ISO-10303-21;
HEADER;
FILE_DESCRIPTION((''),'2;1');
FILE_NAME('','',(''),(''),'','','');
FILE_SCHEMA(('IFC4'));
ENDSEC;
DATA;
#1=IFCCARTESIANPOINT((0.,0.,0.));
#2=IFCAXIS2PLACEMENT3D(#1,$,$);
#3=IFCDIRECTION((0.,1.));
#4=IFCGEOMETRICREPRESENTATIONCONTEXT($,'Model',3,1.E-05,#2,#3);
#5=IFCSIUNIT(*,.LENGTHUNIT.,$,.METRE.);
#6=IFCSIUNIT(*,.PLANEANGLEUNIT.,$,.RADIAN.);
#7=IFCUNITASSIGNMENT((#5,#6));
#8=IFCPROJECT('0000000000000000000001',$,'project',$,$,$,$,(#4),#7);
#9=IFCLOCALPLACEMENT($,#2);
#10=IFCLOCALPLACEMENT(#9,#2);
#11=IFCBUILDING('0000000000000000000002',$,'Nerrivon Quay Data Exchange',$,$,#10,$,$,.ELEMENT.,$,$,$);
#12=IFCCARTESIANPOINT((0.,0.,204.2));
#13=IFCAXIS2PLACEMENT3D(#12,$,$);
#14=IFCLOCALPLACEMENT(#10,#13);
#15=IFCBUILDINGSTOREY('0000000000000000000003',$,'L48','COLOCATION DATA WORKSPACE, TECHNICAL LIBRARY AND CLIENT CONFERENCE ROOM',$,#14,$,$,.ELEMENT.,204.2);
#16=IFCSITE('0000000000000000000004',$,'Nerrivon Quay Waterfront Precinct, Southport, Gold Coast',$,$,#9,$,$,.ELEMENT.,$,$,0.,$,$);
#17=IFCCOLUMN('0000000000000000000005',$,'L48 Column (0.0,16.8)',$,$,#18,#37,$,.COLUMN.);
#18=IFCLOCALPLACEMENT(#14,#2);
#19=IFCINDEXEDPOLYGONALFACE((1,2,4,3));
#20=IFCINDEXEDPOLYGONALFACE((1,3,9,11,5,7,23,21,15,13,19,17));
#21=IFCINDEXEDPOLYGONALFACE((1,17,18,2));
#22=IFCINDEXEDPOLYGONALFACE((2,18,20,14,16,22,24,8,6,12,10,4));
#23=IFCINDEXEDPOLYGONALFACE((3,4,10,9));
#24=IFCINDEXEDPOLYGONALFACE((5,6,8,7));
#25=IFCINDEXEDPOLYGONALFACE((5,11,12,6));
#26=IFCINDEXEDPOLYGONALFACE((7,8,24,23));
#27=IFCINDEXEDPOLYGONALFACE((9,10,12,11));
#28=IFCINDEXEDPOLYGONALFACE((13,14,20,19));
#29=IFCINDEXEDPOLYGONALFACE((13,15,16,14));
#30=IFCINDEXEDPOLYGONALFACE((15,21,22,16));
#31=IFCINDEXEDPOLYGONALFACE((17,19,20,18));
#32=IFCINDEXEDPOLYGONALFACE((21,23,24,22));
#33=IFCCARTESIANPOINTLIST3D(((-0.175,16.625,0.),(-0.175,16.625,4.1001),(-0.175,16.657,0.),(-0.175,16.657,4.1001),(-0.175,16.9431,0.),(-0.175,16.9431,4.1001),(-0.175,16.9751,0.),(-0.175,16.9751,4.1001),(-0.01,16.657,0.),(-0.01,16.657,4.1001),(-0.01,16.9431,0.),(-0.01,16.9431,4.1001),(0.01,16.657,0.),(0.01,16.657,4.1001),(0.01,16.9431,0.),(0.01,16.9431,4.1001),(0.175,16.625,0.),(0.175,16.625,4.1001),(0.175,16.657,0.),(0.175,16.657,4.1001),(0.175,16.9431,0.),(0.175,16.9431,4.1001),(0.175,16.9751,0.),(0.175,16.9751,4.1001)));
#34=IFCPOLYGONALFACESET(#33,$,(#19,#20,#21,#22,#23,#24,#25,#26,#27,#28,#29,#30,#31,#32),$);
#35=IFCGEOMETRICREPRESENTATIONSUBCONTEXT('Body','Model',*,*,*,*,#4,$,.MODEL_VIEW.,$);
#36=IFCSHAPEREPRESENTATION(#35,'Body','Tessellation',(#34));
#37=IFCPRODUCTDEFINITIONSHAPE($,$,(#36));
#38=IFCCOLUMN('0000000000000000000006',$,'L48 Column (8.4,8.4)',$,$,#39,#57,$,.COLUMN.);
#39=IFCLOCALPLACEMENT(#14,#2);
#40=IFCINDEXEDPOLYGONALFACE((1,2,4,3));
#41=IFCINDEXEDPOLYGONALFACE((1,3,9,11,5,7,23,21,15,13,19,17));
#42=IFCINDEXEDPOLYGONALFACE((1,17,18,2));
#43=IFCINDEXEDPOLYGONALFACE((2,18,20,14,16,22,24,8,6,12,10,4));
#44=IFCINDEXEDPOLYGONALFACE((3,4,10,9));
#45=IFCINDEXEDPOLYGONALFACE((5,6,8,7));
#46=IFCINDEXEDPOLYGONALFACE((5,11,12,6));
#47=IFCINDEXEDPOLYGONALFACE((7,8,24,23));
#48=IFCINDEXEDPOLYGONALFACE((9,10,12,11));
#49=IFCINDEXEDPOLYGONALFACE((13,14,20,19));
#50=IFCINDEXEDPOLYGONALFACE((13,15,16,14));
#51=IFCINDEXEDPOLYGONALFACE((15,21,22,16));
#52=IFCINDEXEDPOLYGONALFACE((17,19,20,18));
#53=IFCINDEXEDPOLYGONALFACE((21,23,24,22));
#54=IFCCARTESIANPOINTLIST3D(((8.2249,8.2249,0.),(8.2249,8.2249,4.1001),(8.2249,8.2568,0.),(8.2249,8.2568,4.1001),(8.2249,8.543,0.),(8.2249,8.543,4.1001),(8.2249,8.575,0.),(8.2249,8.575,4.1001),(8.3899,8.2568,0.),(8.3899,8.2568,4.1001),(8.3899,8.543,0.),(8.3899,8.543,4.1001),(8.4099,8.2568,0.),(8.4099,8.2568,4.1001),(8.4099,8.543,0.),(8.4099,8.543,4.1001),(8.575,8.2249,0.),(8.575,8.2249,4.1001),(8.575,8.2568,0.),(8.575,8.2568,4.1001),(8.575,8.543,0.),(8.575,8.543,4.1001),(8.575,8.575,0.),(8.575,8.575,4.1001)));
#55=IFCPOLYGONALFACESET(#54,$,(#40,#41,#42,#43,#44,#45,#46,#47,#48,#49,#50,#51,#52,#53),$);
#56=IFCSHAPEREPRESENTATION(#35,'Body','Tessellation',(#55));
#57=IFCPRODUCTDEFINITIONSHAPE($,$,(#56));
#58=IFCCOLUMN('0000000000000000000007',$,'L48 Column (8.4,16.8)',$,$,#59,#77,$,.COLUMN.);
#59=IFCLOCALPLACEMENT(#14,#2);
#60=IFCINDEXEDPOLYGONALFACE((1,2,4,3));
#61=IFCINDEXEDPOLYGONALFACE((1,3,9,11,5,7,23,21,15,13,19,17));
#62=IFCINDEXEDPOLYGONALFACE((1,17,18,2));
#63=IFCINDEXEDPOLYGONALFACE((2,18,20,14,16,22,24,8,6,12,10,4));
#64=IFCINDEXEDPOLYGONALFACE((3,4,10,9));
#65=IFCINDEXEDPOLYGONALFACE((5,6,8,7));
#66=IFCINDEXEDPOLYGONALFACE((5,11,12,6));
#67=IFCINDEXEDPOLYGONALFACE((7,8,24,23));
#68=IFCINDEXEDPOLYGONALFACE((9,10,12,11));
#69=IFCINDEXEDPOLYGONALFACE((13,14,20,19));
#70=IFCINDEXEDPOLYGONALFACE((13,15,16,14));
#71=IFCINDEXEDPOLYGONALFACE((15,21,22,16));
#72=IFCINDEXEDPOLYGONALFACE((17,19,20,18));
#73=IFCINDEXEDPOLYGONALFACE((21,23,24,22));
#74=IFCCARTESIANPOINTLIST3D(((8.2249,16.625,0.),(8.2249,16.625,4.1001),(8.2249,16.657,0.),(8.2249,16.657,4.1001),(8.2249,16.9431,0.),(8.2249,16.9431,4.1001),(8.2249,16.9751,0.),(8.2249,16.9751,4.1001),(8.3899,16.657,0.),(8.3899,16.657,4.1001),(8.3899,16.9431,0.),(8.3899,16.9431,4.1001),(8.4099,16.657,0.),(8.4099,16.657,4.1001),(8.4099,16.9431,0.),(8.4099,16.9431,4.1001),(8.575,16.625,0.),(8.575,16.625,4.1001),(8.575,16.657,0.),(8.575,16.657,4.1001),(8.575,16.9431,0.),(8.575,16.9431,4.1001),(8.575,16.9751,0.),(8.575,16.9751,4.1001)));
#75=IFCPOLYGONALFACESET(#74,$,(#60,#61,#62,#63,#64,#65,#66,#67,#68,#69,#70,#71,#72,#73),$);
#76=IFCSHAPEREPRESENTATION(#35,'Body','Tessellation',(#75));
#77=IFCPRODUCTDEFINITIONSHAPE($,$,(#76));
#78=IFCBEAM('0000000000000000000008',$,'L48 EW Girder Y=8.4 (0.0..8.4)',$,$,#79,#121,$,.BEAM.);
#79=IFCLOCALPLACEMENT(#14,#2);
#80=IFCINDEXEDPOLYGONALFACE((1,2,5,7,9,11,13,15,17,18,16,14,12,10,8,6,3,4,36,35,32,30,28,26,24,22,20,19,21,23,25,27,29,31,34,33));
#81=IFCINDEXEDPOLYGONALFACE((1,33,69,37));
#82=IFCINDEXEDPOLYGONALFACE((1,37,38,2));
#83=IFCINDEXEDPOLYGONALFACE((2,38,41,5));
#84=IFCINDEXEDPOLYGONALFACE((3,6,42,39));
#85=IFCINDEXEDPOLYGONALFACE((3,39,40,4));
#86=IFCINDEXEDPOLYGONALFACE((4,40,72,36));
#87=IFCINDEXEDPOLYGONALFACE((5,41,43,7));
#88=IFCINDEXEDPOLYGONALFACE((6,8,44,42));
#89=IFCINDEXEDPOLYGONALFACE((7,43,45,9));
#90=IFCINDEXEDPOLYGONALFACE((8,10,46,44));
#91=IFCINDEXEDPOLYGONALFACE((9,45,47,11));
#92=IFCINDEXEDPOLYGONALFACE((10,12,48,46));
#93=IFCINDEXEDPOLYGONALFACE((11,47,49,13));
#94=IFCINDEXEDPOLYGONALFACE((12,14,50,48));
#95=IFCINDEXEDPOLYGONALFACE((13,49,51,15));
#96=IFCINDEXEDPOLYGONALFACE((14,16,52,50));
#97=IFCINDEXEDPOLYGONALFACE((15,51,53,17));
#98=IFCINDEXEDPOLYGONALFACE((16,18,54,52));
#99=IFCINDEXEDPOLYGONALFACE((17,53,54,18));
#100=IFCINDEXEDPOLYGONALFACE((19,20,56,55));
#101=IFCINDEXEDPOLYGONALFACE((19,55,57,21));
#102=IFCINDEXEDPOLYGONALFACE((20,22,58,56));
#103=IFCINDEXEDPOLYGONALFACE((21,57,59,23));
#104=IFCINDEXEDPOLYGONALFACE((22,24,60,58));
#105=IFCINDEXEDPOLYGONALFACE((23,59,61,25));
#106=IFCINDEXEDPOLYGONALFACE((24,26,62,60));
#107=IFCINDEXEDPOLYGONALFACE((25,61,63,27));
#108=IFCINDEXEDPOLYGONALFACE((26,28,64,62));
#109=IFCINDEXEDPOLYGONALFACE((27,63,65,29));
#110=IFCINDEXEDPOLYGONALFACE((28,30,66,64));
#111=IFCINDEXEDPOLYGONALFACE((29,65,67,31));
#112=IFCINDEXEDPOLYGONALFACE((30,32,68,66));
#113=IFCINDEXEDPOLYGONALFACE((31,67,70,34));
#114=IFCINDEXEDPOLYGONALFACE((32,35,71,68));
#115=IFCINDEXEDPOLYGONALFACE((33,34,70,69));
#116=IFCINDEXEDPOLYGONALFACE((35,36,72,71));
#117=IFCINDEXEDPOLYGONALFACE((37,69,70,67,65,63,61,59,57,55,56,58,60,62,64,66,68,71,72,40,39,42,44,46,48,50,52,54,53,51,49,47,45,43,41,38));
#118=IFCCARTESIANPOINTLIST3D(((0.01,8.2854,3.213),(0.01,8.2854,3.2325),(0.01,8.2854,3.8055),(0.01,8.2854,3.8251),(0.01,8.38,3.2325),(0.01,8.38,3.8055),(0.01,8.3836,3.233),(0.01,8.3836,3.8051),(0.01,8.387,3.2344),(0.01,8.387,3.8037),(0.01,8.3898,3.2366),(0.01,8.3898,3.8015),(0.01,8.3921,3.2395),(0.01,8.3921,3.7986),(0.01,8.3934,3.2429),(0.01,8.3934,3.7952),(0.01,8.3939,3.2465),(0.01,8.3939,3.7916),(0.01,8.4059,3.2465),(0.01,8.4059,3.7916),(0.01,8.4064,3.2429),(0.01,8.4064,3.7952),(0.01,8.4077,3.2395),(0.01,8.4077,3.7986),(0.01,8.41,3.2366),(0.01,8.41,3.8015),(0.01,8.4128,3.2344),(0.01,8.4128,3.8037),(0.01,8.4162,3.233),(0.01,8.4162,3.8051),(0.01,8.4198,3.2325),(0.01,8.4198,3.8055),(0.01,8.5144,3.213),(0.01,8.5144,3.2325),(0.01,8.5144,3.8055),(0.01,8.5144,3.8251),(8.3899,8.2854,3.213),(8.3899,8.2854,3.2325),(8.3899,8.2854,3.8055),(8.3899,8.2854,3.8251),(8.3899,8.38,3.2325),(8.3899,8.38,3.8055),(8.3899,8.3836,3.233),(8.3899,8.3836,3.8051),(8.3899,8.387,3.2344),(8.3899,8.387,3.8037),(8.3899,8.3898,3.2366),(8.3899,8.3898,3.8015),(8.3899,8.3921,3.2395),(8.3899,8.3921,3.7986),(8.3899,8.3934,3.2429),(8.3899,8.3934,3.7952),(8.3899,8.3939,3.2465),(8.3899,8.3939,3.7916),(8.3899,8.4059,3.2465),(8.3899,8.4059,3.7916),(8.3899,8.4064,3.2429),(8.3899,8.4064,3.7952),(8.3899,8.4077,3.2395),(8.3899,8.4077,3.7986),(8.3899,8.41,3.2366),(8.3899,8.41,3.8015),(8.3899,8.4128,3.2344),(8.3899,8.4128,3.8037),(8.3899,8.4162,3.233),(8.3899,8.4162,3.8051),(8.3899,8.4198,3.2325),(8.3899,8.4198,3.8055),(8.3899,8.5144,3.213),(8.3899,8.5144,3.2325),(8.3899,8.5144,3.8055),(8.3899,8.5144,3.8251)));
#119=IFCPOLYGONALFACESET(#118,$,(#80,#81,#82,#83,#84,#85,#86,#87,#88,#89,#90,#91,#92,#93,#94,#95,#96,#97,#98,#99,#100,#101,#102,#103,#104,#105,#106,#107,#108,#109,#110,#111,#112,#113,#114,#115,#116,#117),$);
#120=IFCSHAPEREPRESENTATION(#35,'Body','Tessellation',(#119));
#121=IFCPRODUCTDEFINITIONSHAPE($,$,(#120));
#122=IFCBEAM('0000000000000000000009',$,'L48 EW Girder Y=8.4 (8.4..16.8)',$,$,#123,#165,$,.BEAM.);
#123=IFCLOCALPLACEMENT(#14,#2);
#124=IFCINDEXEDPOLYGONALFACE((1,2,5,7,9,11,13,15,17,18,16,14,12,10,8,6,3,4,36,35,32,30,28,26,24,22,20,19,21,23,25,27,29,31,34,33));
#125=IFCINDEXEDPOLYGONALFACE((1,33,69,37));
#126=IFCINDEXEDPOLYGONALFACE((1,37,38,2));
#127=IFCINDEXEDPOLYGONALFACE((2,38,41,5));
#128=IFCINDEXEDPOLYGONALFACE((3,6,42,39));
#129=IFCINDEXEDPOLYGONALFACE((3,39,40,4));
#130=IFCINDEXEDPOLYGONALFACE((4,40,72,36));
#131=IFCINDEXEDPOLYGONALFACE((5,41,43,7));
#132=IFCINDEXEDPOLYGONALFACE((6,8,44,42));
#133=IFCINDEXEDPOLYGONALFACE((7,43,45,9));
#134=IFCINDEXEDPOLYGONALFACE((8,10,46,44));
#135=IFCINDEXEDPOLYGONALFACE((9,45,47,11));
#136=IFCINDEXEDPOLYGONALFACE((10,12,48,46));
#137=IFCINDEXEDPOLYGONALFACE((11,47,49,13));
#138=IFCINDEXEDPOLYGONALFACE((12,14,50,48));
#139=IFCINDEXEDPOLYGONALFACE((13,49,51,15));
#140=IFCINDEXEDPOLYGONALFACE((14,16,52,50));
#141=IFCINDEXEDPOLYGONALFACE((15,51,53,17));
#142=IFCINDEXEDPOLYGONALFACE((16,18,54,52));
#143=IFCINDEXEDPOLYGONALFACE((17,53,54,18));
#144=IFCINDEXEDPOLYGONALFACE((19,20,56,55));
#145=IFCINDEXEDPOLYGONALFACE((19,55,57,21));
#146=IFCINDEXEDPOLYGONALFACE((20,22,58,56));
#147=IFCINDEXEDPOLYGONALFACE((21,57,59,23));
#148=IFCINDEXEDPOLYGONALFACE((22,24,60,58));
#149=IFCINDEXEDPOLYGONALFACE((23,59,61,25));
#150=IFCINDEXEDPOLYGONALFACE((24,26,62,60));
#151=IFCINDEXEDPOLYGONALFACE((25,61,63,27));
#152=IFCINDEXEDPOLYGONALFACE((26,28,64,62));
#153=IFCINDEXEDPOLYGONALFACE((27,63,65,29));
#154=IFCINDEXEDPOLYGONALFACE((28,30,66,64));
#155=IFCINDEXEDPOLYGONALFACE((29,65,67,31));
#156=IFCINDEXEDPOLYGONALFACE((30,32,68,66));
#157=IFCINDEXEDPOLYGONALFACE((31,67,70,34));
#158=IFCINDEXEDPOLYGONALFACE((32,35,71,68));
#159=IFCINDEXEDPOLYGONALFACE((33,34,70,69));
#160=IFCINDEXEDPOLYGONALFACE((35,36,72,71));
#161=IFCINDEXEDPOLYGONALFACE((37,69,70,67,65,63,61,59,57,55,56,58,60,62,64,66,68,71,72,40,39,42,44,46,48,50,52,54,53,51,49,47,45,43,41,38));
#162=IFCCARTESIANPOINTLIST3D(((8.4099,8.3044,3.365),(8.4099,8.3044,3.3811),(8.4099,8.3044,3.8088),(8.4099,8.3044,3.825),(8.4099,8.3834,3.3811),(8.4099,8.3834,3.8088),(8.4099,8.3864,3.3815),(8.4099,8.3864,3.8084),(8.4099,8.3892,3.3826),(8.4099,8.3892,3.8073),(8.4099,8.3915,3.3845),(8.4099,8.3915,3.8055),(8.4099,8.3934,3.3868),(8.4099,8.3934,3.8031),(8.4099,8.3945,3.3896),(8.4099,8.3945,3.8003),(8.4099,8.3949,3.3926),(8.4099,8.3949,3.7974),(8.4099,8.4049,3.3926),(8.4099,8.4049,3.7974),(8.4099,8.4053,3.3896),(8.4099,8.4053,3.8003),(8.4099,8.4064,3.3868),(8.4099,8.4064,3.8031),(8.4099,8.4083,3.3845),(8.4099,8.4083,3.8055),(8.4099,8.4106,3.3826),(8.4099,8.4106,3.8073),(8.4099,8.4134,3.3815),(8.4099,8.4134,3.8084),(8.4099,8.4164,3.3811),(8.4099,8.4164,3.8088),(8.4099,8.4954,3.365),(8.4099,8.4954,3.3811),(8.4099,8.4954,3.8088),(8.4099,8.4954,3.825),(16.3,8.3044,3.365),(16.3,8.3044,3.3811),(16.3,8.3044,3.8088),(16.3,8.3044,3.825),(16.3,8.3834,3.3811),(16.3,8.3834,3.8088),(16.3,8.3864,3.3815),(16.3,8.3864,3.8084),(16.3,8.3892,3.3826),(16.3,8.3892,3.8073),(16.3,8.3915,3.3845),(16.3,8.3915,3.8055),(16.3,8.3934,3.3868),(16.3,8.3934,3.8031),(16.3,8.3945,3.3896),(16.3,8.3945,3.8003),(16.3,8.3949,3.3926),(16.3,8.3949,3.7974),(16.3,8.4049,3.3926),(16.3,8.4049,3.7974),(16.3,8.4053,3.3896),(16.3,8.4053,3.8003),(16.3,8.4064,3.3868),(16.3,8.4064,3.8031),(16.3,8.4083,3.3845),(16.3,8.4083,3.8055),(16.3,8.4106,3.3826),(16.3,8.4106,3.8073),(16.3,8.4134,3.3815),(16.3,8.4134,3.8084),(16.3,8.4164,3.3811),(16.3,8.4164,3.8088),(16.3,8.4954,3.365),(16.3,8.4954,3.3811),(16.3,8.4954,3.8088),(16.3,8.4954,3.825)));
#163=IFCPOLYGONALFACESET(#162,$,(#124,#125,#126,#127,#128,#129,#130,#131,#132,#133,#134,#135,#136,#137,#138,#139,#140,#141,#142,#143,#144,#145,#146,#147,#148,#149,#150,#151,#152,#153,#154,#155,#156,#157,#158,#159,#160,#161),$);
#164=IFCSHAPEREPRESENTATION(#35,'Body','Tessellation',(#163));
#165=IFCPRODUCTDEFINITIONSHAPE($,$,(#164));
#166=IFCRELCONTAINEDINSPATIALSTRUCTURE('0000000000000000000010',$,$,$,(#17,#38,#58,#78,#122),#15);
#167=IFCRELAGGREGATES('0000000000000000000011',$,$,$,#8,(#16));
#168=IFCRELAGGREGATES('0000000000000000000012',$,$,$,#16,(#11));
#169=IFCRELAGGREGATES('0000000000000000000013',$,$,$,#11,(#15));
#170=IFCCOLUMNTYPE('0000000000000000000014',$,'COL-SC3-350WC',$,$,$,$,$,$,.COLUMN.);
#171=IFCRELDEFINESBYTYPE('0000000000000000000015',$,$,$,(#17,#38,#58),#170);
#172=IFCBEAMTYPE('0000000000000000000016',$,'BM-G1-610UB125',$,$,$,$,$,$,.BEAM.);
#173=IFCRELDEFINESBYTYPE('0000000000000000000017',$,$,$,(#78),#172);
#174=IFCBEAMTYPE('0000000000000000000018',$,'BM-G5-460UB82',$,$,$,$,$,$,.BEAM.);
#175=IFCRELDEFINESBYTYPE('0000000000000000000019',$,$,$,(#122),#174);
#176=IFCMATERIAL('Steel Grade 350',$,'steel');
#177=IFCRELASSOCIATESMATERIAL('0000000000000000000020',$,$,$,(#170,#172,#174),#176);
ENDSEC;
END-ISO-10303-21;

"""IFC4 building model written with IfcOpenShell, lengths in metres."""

from ifc_helpers import new_model, si_unit, direction, frame, origin, origin_2d, place, context, subcontext, project, spatial, i_section, extrude, material, material_profile, profile_set, type_object, element, save


model = new_model("IFC4")

# Units and contexts
model_context = context("Model", 3, precision=1e-05, world=origin(), true_north=direction((0.0, 1.0)))
body_context = subcontext(model_context, "Body", "Model", "MODEL_VIEW")
ifc_project = project(units=[si_unit("LENGTHUNIT", "METRE"), si_unit("PLANEANGLEUNIT", "RADIAN")], contexts=[model_context])

# Site, building, storey
site_placement = place(None, origin())
site = spatial("IfcSite", under=ifc_project, at=site_placement, Name="Nerrivon Quay Waterfront Precinct, Southport, Gold Coast", CompositionType="ELEMENT", RefElevation=0.0)
building_placement = place(site_placement, origin())
building = spatial("IfcBuilding", under=site, at=building_placement, Name="Nerrivon Quay Data Exchange", CompositionType="ELEMENT")
storey_placement = place(building_placement, frame((0.0, 0.0, 204.2)))
storey = spatial("IfcBuildingStorey", under=building, at=storey_placement, Name="L48", Description="COLOCATION DATA WORKSPACE, TECHNICAL LIBRARY AND CLIENT CONFERENCE ROOM", CompositionType="ELEMENT", Elevation=204.2)

# Columns
ifc_material_1 = material(Name="Steel Grade 350", Category="steel")
ifc_material_profile_1 = material_profile(ifc_material_1, i_section(OverallWidth=0.3501, OverallDepth=0.3501, WebThickness=0.02, FlangeThickness=0.032, at=origin_2d()), Name="350WC230")
ifc_profile_set_1 = profile_set([ifc_material_profile_1], Name="Steel Grade 350")
column_type = type_object("IfcColumnType", Name="COL-SC3-350WC", PredefinedType="COLUMN", material=ifc_profile_set_1)
for number, where, z_axis, x_axis, name in (
    (1, (0.0, 16.8, 0.0), (0.0, 0.0, 1.0), (1.0, 0.0, 0.0), "L48 Column (0.0,16.8)"),
    (2, (8.3999, 8.3999, 0.0), (0.0, 0.0, 1.0), (1.0, 0.0, 0.0), "L48 Column (8.4,8.4)"),
    (3, (8.3999, 16.8, 0.0), (0.0, 0.0, 1.0), (1.0, 0.0, 0.0), "L48 Column (8.4,16.8)"),
):
    element("IfcColumn", number, at=place(storey_placement, frame(where, z_axis=z_axis, x_axis=x_axis)), inside=storey, type_object=column_type, Name=name, PredefinedType="COLUMN", context=body_context, shape_type="SweptSolid", body=[
        extrude(i_section(OverallWidth=0.3501, OverallDepth=0.3501, WebThickness=0.02, FlangeThickness=0.032, at=origin_2d()), origin(), (0.0, 0.0, 1.0), 4.1001),
    ])

# Beams
ifc_material_profile_2 = material_profile(ifc_material_1, i_section(OverallWidth=0.229, OverallDepth=0.6121, WebThickness=0.012, FlangeThickness=0.0195, FilletRadius=0.0139, at=origin_2d()), Name="610UB125")
ifc_profile_set_2 = profile_set([ifc_material_profile_2], Name="Steel Grade 350")
beam_type_1 = type_object("IfcBeamType", Name="BM-G1-610UB125", PredefinedType="BEAM", material=ifc_profile_set_2)
beam_1_placement = place(storey_placement, frame((0.01, 8.3999, 3.519), z_axis=(1.0, 0.0, 0.0), x_axis=(0.0, 1.0, 0.0)))
element("IfcBeam", 4, at=beam_1_placement, inside=storey, type_object=beam_type_1, Name="L48 EW Girder Y=8.4 (0.0..8.4)", PredefinedType="BEAM", context=body_context, shape_type="SweptSolid", body=[
    extrude(i_section(OverallWidth=0.229, OverallDepth=0.6121, WebThickness=0.012, FlangeThickness=0.0195, FilletRadius=0.0139, at=origin_2d()), origin(), (0.0, 0.0, 1.0), 8.3799),
])
ifc_material_profile_3 = material_profile(ifc_material_1, i_section(OverallWidth=0.1909, OverallDepth=0.46, WebThickness=0.01, FlangeThickness=0.0161, FilletRadius=0.0115, at=origin_2d()), Name="460UB82.1")
ifc_profile_set_3 = profile_set([ifc_material_profile_3], Name="Steel Grade 350")
beam_type_2 = type_object("IfcBeamType", Name="BM-G5-460UB82", PredefinedType="BEAM", material=ifc_profile_set_3)
beam_2_placement = place(storey_placement, frame((8.4099, 8.3999, 3.595), z_axis=(1.0, 0.0, 0.0), x_axis=(0.0, 1.0, 0.0)))
element("IfcBeam", 5, at=beam_2_placement, inside=storey, type_object=beam_type_2, Name="L48 EW Girder Y=8.4 (8.4..16.8)", PredefinedType="BEAM", context=body_context, shape_type="SweptSolid", body=[
    extrude(i_section(OverallWidth=0.1909, OverallDepth=0.46, WebThickness=0.01, FlangeThickness=0.0161, FilletRadius=0.0115, at=origin_2d()), origin(), (0.0, 0.0, 1.0), 7.8901),
])

save(model, "model.ifc")
